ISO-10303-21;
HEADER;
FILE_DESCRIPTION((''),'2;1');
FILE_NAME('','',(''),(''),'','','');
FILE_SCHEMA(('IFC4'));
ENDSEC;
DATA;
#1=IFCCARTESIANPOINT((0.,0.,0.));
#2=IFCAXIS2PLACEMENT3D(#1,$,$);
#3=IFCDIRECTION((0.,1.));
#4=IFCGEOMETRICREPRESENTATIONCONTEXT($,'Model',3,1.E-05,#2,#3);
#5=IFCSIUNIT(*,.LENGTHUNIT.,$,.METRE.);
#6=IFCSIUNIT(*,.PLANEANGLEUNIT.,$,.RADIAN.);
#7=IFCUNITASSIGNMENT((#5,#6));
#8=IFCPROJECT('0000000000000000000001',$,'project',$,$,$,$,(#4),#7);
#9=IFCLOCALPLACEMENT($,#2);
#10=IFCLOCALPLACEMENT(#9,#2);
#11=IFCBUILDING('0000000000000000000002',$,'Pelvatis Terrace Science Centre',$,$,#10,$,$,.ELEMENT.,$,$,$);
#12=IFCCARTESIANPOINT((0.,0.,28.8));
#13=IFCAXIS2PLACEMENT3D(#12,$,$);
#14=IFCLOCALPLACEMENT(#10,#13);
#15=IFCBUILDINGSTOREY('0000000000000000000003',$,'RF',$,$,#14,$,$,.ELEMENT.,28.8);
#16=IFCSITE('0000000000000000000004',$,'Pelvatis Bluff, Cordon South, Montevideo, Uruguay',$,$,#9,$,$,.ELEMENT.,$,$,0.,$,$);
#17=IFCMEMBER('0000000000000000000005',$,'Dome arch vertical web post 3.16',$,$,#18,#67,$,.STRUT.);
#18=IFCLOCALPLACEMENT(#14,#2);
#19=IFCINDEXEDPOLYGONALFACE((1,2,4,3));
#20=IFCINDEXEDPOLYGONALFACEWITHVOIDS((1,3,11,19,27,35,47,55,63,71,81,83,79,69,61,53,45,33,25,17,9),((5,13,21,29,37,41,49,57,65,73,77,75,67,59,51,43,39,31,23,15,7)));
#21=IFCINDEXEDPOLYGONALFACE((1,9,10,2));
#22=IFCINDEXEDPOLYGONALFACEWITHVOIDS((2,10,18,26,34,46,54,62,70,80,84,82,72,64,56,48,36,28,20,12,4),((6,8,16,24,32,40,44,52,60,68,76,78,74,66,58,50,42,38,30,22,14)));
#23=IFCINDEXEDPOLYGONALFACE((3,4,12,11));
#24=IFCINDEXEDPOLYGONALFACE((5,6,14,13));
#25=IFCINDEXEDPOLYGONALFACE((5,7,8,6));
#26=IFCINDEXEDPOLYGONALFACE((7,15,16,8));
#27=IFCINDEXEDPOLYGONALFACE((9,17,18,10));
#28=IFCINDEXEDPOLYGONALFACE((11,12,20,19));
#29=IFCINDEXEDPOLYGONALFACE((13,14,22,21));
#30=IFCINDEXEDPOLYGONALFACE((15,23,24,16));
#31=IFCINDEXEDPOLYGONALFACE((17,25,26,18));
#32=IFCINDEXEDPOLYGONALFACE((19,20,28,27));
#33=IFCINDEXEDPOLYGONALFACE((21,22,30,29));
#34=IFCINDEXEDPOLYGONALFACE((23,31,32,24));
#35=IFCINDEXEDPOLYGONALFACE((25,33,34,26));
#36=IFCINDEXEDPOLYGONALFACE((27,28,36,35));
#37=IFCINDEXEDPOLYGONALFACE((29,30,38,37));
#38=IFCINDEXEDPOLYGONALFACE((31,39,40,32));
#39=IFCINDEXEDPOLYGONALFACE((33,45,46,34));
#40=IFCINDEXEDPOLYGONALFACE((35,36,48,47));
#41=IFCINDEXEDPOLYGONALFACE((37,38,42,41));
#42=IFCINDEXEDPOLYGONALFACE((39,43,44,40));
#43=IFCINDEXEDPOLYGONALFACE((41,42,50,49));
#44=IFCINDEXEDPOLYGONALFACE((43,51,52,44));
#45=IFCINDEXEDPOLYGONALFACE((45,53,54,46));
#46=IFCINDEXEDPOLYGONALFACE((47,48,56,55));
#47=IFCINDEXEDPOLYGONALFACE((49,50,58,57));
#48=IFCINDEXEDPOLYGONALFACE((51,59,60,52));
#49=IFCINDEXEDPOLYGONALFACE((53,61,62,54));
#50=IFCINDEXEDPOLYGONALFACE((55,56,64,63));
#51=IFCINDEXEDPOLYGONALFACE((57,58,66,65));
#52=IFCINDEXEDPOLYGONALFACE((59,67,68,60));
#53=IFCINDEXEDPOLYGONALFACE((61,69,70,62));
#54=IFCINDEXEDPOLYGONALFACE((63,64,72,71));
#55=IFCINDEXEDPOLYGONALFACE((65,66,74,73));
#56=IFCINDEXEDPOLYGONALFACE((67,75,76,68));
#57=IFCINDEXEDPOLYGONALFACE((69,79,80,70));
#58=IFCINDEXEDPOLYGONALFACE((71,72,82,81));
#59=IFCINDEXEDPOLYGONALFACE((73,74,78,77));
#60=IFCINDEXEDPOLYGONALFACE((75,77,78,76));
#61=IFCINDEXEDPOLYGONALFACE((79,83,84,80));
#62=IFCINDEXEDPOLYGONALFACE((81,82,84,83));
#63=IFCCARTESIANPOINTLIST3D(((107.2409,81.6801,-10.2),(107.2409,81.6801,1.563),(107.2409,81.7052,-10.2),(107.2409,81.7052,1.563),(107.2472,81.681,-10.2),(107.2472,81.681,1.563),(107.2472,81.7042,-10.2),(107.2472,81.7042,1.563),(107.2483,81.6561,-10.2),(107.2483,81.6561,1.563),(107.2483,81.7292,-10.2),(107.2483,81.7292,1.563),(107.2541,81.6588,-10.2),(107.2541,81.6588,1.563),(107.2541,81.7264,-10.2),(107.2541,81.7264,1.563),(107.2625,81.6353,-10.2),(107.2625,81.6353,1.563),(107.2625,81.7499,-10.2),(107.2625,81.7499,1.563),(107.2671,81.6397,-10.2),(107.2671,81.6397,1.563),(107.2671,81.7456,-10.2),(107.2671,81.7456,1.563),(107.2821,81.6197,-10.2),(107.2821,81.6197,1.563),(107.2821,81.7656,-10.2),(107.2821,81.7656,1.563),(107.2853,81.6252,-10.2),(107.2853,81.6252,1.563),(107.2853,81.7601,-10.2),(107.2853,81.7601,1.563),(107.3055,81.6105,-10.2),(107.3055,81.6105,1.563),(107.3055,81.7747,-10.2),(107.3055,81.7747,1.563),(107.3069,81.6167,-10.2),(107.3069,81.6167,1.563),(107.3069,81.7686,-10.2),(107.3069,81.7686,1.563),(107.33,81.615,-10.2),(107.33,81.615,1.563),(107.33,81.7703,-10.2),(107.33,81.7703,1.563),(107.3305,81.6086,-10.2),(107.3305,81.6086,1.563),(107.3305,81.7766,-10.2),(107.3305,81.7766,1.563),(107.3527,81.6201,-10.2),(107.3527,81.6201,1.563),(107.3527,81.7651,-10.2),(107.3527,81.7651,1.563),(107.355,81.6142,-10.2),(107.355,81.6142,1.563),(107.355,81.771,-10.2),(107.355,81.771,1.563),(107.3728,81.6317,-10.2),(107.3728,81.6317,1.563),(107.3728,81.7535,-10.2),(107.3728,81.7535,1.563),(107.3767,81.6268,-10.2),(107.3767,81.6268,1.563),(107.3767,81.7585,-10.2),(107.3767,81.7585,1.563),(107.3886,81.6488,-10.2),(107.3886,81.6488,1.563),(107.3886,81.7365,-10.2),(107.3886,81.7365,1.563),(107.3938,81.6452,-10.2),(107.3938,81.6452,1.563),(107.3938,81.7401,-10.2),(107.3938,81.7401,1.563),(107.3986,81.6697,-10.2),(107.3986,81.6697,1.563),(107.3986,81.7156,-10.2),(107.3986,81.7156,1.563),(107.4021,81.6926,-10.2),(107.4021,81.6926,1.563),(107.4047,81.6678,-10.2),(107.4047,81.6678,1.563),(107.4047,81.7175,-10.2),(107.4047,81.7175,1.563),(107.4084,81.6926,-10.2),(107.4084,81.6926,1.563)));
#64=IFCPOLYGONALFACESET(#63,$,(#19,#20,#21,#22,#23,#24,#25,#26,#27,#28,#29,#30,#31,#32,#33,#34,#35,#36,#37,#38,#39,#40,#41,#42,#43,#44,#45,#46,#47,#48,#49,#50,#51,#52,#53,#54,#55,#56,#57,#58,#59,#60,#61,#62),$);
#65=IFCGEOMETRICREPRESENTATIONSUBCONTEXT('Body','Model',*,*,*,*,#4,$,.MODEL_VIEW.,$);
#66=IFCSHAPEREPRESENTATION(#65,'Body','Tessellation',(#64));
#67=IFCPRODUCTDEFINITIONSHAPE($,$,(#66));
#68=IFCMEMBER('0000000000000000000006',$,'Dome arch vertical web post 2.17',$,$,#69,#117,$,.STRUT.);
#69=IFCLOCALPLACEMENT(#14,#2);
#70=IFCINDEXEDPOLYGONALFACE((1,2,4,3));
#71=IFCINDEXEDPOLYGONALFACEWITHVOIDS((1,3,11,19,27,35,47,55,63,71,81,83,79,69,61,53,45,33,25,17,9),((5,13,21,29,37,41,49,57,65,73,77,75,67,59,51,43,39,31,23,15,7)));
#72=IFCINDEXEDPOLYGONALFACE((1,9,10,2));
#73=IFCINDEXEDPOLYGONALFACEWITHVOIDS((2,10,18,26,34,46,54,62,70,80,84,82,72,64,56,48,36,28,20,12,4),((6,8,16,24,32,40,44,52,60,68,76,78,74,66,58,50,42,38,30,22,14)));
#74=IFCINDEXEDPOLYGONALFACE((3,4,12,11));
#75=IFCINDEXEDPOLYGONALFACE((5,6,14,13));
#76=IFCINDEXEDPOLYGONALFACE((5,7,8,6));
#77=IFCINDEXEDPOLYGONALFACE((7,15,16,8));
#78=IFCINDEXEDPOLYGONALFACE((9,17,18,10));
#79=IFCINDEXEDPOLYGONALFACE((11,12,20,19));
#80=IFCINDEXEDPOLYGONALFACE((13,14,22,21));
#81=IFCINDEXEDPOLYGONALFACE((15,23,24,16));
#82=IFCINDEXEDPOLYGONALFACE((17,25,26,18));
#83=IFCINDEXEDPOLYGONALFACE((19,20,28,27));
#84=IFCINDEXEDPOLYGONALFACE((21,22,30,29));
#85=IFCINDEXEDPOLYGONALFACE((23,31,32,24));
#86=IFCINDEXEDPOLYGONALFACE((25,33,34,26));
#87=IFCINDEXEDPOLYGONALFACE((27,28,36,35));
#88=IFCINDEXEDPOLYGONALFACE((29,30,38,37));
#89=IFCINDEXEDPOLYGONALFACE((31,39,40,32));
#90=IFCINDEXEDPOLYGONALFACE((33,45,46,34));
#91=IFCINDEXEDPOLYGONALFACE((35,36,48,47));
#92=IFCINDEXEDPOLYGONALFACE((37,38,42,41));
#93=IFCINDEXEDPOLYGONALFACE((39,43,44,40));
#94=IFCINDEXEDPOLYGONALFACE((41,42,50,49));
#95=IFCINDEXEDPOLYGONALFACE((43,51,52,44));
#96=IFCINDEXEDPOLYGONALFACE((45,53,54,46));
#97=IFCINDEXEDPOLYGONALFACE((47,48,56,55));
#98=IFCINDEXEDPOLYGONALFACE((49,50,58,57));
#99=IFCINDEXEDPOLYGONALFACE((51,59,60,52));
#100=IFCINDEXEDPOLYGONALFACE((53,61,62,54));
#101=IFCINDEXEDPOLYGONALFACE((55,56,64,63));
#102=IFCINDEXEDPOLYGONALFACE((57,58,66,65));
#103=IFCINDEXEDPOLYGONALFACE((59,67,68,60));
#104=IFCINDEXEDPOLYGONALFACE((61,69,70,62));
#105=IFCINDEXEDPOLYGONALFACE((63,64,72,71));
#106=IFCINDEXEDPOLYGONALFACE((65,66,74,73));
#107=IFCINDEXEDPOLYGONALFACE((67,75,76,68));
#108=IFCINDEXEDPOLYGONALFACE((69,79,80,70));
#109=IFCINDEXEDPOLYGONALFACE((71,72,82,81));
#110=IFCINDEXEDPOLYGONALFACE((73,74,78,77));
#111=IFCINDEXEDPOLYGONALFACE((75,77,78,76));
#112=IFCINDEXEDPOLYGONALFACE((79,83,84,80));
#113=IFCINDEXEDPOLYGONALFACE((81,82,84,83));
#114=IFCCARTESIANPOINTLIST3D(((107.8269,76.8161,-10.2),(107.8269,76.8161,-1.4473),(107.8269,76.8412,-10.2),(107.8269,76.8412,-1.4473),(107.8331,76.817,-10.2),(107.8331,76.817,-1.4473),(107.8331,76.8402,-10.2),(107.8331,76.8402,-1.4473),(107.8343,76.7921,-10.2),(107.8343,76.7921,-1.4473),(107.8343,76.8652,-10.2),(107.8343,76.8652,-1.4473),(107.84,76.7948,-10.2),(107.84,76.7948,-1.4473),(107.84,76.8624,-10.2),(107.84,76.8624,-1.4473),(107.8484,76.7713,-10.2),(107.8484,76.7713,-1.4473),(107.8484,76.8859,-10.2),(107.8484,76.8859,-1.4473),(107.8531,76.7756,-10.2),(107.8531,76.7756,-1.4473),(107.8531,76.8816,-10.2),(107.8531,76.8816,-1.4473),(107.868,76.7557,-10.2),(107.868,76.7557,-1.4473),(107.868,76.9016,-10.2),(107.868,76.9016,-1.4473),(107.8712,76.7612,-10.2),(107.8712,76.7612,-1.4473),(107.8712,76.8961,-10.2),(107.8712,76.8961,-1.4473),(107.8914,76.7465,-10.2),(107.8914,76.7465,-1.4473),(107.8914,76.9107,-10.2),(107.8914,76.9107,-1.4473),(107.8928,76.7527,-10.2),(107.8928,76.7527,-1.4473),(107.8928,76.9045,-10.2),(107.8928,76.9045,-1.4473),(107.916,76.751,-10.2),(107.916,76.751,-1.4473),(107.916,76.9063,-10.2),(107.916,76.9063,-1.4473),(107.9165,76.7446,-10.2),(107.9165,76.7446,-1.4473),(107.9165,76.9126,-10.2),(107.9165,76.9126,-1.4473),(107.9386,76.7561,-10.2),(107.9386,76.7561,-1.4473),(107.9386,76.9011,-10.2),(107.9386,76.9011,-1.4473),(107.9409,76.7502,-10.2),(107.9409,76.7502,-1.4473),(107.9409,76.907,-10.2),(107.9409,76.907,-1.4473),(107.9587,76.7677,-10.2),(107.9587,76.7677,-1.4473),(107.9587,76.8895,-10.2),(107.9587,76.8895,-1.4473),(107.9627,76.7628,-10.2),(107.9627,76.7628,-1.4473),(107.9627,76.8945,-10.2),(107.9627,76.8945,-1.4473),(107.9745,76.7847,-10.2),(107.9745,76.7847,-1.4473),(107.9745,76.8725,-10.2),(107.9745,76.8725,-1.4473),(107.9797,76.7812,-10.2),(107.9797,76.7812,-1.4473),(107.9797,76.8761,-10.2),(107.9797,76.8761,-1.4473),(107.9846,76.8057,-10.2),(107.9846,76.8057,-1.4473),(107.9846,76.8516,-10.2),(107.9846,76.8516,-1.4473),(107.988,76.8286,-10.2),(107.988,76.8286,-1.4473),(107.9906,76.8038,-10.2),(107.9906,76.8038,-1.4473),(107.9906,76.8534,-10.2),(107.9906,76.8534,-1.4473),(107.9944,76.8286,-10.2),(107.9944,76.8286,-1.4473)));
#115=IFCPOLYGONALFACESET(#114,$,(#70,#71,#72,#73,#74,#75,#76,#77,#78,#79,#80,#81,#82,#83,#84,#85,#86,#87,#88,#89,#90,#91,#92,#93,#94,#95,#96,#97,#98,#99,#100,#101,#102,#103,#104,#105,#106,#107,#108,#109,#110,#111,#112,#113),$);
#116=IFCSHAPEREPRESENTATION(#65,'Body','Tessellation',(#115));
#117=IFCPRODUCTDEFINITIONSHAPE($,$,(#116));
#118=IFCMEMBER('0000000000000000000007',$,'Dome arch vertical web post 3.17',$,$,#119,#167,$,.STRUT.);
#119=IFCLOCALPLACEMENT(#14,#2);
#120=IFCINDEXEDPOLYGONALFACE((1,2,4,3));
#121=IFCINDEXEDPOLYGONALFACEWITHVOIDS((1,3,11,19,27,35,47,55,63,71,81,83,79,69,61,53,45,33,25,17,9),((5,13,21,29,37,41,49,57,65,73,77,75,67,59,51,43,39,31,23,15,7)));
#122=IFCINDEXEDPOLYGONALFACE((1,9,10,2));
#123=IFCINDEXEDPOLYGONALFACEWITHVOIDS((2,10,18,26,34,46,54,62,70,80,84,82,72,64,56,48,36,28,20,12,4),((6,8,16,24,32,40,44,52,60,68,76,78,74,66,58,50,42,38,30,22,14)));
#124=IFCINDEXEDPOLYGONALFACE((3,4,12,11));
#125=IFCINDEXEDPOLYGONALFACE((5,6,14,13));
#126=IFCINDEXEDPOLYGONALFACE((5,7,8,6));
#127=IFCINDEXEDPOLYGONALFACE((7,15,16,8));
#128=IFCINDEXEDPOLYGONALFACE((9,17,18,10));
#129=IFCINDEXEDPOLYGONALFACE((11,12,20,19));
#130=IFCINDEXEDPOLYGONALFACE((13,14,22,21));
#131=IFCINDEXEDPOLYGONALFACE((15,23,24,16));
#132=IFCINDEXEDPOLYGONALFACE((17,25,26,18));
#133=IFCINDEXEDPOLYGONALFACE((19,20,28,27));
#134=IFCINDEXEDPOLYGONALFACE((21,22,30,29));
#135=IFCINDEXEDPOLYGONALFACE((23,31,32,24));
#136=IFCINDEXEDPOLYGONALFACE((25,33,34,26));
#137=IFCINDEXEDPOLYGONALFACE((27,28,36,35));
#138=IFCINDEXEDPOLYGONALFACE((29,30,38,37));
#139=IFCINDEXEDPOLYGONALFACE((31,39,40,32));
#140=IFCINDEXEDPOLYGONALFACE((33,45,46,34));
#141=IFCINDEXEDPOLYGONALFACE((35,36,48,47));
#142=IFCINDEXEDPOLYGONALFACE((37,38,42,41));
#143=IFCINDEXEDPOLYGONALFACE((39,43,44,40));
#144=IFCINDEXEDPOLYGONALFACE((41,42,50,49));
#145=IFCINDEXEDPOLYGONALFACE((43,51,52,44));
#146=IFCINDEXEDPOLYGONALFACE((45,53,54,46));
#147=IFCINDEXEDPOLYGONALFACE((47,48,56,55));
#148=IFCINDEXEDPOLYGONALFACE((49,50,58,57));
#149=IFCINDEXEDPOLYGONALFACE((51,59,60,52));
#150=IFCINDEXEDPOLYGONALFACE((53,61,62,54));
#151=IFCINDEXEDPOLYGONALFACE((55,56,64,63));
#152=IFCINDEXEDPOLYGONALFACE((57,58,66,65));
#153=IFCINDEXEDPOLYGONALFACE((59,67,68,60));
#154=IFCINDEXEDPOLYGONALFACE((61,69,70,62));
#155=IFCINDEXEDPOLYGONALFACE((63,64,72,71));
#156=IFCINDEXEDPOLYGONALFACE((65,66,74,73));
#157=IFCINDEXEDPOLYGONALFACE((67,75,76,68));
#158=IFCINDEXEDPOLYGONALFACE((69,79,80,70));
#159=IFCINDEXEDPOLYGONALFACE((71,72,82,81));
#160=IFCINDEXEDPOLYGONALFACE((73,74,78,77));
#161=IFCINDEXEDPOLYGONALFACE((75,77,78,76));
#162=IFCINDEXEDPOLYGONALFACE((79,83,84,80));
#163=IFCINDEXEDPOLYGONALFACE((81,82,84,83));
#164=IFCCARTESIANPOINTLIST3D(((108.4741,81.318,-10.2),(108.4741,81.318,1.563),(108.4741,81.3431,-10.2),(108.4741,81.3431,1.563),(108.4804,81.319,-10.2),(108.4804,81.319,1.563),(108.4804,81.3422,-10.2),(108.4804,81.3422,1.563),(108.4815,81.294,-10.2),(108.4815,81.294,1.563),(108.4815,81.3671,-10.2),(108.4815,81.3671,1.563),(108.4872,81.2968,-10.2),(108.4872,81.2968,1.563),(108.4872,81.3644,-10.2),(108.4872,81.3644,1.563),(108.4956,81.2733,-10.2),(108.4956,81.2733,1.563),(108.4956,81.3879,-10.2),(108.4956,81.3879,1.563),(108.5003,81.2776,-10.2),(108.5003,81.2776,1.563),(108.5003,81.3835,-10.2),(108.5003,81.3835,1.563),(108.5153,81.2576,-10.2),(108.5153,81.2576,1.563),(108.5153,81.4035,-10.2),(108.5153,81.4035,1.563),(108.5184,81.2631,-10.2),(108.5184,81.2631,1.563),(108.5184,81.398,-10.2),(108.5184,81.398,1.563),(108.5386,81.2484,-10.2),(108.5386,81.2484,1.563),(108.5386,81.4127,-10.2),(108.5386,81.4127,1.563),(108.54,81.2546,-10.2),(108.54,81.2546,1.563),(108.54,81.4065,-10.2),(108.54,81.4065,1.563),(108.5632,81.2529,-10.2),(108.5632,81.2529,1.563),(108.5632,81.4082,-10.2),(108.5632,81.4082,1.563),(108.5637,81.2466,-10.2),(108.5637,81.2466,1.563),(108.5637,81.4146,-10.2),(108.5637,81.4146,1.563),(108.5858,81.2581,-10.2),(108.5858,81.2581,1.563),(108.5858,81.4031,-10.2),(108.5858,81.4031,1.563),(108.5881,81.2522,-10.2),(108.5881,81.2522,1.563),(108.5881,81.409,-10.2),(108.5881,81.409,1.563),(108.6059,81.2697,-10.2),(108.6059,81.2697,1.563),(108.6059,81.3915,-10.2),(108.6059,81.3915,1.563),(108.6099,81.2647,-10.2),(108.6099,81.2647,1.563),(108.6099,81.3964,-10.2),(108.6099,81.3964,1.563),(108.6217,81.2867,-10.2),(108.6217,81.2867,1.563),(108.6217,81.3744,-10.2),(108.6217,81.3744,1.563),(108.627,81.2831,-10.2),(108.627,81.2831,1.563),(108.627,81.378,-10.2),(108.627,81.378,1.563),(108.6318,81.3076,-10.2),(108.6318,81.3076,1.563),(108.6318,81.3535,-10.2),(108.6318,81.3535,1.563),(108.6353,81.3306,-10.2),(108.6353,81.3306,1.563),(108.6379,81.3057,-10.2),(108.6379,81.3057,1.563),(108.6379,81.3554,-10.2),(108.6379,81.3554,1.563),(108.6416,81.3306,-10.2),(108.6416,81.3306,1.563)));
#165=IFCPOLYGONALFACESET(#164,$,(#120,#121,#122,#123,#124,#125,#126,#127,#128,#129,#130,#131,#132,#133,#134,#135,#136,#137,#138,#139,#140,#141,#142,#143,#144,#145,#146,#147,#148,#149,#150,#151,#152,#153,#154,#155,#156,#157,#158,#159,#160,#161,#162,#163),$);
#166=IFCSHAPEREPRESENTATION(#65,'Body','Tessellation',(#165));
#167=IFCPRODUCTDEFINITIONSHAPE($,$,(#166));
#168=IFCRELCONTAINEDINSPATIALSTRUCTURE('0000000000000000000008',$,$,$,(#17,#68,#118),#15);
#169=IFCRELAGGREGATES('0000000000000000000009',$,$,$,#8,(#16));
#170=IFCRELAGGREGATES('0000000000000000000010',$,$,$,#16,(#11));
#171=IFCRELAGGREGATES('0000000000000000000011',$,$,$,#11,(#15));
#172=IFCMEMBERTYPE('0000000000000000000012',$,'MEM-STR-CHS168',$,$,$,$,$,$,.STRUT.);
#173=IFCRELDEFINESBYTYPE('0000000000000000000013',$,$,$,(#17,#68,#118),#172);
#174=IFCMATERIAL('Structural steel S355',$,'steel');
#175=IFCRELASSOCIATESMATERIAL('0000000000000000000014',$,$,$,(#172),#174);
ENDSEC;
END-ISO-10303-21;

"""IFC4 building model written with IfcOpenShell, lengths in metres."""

from ifc_helpers import new_model, si_unit, direction, frame, origin, origin_2d, place, context, subcontext, project, spatial, hollow_circle, extrude, material, material_profile, profile_set, type_object, element, save


model = new_model("IFC4")

# Units and contexts
model_context = context("Model", 3, precision=1e-05, world=origin(), true_north=direction((0.0, 1.0)))
body_context = subcontext(model_context, "Body", "Model", "MODEL_VIEW")
ifc_project = project(units=[si_unit("LENGTHUNIT", "METRE"), si_unit("PLANEANGLEUNIT", "RADIAN")], contexts=[model_context])

# Site, building, storey
site_placement = place(None, origin())
site = spatial("IfcSite", under=ifc_project, at=site_placement, Name="Pelvatis Bluff, Cordon South, Montevideo, Uruguay", CompositionType="ELEMENT", RefElevation=0.0)
building_placement = place(site_placement, origin())
building = spatial("IfcBuilding", under=site, at=building_placement, Name="Pelvatis Terrace Science Centre", CompositionType="ELEMENT")
storey_placement = place(building_placement, frame((0.0, 0.0, 28.8)))
storey = spatial("IfcBuildingStorey", under=building, at=storey_placement, Name="RF", CompositionType="ELEMENT", Elevation=28.8)

# Members
ifc_material_1 = material(Name="Structural steel S355", Category="steel")
ifc_material_profile_1 = material_profile(ifc_material_1, hollow_circle(Radius=0.0842, WallThickness=0.0063, at=origin_2d()), Name="CHS 168.3x6.3")
ifc_profile_set_1 = profile_set([ifc_material_profile_1], Name="Structural steel S355")
member_type_1 = type_object("IfcMemberType", Name="MEM-STR-CHS168", PredefinedType="STRUT", material=ifc_profile_set_1)
member_1_placement = place(storey_placement, frame((107.3242, 81.6926, -10.2), z_axis=(0.0, 0.0, 1.0), x_axis=(1.0, 0.0, 0.0)))
element("IfcMember", 1, at=member_1_placement, inside=storey, type_object=member_type_1, Name="Dome arch vertical web post 3.16", PredefinedType="STRUT", context=body_context, shape_type="SweptSolid", body=[
    extrude(hollow_circle(Radius=0.0842, WallThickness=0.0063, at=origin_2d()), origin(), (0.0, 0.0, 1.0), 11.7629),
])
member_2_placement = place(storey_placement, frame((107.9102, 76.8286, -10.2), z_axis=(0.0, 0.0, 1.0), x_axis=(1.0, 0.0, 0.0)))
element("IfcMember", 2, at=member_2_placement, inside=storey, type_object=member_type_1, Name="Dome arch vertical web post 2.17", PredefinedType="STRUT", context=body_context, shape_type="SweptSolid", body=[
    extrude(hollow_circle(Radius=0.0842, WallThickness=0.0063, at=origin_2d()), origin(), (0.0, 0.0, 1.0), 8.7527),
])
member_3_placement = place(storey_placement, frame((108.5574, 81.3306, -10.2), z_axis=(0.0, 0.0, 1.0), x_axis=(1.0, 0.0, 0.0)))
element("IfcMember", 3, at=member_3_placement, inside=storey, type_object=member_type_1, Name="Dome arch vertical web post 3.17", PredefinedType="STRUT", context=body_context, shape_type="SweptSolid", body=[
    extrude(hollow_circle(Radius=0.0842, WallThickness=0.0063, at=origin_2d()), origin(), (0.0, 0.0, 1.0), 11.7629),
])

save(model, "model.ifc")
